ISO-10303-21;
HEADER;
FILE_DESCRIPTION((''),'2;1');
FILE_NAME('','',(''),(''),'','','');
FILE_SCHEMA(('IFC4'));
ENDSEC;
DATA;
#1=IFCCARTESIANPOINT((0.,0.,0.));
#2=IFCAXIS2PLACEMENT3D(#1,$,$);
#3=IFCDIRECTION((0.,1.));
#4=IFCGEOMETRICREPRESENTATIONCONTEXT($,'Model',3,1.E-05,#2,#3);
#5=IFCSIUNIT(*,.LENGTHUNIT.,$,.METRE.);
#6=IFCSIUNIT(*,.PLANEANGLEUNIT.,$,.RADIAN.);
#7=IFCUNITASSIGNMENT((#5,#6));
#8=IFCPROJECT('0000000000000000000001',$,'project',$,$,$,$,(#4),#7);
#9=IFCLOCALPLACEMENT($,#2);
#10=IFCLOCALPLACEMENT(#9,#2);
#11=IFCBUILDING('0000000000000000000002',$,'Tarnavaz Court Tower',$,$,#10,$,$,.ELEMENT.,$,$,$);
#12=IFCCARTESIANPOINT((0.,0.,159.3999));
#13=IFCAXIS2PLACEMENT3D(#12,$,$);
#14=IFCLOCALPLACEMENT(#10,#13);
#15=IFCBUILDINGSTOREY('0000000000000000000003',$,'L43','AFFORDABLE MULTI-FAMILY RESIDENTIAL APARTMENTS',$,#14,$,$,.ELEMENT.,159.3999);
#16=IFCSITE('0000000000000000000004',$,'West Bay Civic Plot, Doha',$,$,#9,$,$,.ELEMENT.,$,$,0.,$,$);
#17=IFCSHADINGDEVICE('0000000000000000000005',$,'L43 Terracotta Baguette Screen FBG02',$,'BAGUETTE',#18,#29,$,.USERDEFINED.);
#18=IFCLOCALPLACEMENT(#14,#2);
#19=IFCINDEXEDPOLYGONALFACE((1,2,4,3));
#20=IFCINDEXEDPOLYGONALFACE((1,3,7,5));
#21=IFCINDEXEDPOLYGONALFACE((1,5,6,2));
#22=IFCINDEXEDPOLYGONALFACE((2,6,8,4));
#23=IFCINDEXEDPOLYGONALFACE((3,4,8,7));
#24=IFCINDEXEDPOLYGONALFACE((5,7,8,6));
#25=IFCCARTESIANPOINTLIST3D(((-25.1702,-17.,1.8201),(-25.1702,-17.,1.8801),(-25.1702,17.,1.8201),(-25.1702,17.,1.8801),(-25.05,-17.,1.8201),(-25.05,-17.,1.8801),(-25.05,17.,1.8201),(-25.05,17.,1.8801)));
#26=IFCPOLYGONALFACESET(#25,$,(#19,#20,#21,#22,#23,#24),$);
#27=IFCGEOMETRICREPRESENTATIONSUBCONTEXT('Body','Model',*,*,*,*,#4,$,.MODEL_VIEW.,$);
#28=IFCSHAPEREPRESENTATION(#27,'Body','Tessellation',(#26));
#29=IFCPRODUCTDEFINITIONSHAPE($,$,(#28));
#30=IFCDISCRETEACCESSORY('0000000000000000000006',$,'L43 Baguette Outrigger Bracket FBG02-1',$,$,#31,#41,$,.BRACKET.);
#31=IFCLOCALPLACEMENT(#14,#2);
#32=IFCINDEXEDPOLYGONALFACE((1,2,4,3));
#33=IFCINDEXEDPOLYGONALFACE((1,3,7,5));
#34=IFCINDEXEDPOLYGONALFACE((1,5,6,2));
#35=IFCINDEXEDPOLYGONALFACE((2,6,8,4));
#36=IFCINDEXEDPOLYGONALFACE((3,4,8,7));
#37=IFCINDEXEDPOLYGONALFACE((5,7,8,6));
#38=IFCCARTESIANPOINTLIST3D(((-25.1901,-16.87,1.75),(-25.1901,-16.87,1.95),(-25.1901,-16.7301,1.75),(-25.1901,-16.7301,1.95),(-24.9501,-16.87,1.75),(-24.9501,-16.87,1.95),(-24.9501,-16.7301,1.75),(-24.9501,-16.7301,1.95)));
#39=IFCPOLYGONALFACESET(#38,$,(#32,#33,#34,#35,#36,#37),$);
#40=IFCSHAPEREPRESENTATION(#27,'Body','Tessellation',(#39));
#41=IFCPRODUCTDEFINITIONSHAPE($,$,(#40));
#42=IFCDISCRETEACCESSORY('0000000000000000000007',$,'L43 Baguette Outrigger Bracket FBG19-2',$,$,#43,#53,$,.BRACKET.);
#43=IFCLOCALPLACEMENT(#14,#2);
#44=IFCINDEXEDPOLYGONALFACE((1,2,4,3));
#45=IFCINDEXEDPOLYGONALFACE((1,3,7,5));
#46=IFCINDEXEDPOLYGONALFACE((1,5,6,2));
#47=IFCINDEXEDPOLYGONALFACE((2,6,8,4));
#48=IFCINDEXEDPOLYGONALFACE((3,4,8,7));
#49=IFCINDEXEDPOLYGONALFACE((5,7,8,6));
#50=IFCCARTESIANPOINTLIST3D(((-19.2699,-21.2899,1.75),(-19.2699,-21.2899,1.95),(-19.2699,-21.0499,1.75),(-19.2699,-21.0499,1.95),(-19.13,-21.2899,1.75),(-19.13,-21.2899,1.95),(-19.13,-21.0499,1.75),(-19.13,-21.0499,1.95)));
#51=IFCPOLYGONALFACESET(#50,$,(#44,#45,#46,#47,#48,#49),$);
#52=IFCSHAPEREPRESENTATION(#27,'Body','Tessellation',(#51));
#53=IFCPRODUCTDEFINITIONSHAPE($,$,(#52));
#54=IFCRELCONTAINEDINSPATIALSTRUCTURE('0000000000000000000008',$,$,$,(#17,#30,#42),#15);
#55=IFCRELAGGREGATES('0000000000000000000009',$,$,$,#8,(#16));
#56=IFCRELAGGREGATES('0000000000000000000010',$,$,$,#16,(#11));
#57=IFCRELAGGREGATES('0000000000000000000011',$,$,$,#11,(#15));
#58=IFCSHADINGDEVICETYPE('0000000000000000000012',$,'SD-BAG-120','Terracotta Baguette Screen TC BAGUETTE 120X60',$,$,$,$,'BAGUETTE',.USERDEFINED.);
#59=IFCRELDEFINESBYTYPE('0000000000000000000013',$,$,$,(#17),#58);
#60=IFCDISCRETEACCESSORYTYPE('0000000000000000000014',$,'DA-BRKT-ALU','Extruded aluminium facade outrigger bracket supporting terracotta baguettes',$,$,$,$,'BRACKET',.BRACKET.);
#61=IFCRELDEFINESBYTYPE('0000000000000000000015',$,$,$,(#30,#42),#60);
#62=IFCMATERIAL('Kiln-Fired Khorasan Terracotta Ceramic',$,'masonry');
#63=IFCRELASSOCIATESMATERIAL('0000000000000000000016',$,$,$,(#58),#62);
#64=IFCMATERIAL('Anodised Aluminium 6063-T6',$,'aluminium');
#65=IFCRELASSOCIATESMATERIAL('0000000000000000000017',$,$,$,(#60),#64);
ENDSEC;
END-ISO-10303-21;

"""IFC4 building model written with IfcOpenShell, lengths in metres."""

from ifc_helpers import new_model, si_unit, direction, frame, origin, origin_2d, place, context, subcontext, project, spatial, rectangle, extrude, material, material_profile, profile_set, type_object, element, save


model = new_model("IFC4")

# Units and contexts
model_context = context("Model", 3, precision=1e-05, world=origin(), true_north=direction((0.0, 1.0)))
body_context = subcontext(model_context, "Body", "Model", "MODEL_VIEW")
ifc_project = project(units=[si_unit("LENGTHUNIT", "METRE"), si_unit("PLANEANGLEUNIT", "RADIAN")], contexts=[model_context])

# Site, building, storey
site_placement = place(None, origin())
site = spatial("IfcSite", under=ifc_project, at=site_placement, Name="West Bay Civic Plot, Doha", CompositionType="ELEMENT", RefElevation=0.0)
building_placement = place(site_placement, origin())
building = spatial("IfcBuilding", under=site, at=building_placement, Name="Tarnavaz Court Tower", CompositionType="ELEMENT")
storey_placement = place(building_placement, frame((0.0, 0.0, 159.3999)))
storey = spatial("IfcBuildingStorey", under=building, at=storey_placement, Name="L43", Description="AFFORDABLE MULTI-FAMILY RESIDENTIAL APARTMENTS", CompositionType="ELEMENT", Elevation=159.3999)

# Shading device
ifc_material_1 = material(Name="Kiln-Fired Khorasan Terracotta Ceramic", Category="masonry")
ifc_material_profile_1 = material_profile(ifc_material_1, rectangle(XDim=0.1201, YDim=0.0601, at=origin_2d()), Name="TC BAGUETTE 120X60")
ifc_profile_set_1 = profile_set([ifc_material_profile_1], Name="Kiln-Fired Khorasan Terracotta Ceramic")
shading_device_type = type_object("IfcShadingDeviceType", Name="SD-BAG-120", Description="Terracotta Baguette Screen TC BAGUETTE 120X60", ElementType="BAGUETTE", PredefinedType="USERDEFINED", material=ifc_profile_set_1)
shading_device_placement = place(storey_placement, frame((-25.1101, -17.0, 1.8501), z_axis=(0.0, 1.0, 0.0), x_axis=(-1.0, 0.0, 0.0)))
element("IfcShadingDevice", 1, at=shading_device_placement, inside=storey, type_object=shading_device_type, Name="L43 Terracotta Baguette Screen FBG02", ObjectType="BAGUETTE", PredefinedType="USERDEFINED", context=body_context, shape_type="SweptSolid", body=[
    extrude(rectangle(XDim=0.1201, YDim=0.0601, at=origin_2d()), origin(), (0.0, 0.0, 1.0), 34.0),
])

# Discrete accessories
ifc_material_2 = material(Name="Anodised Aluminium 6063-T6", Category="aluminium")
discrete_accessory_type = type_object("IfcDiscreteAccessoryType", Name="DA-BRKT-ALU", Description="Extruded aluminium facade outrigger bracket supporting terracotta baguettes", ElementType="BRACKET", PredefinedType="BRACKET", material=ifc_material_2)
for number, where, z_axis, x_axis, name in (
    (2, (-25.0701, -16.8, 1.75), (0.0, 0.0, 1.0), (0.0, 1.0, 0.0), "L43 Baguette Outrigger Bracket FBG02-1"),
    (3, (-19.2, -21.1699, 1.75), (0.0, 0.0, 1.0), (-1.0, 0.0, 0.0), "L43 Baguette Outrigger Bracket FBG19-2"),
):
    element("IfcDiscreteAccessory", number, at=place(storey_placement, frame(where, z_axis=z_axis, x_axis=x_axis)), inside=storey, type_object=discrete_accessory_type, Name=name, PredefinedType="BRACKET", context=body_context, shape_type="SweptSolid", body=[
        extrude(rectangle(XDim=0.1399, YDim=0.24, at=origin_2d()), origin(), (0.0, 0.0, 1.0), 0.2),
    ])

save(model, "model.ifc")
